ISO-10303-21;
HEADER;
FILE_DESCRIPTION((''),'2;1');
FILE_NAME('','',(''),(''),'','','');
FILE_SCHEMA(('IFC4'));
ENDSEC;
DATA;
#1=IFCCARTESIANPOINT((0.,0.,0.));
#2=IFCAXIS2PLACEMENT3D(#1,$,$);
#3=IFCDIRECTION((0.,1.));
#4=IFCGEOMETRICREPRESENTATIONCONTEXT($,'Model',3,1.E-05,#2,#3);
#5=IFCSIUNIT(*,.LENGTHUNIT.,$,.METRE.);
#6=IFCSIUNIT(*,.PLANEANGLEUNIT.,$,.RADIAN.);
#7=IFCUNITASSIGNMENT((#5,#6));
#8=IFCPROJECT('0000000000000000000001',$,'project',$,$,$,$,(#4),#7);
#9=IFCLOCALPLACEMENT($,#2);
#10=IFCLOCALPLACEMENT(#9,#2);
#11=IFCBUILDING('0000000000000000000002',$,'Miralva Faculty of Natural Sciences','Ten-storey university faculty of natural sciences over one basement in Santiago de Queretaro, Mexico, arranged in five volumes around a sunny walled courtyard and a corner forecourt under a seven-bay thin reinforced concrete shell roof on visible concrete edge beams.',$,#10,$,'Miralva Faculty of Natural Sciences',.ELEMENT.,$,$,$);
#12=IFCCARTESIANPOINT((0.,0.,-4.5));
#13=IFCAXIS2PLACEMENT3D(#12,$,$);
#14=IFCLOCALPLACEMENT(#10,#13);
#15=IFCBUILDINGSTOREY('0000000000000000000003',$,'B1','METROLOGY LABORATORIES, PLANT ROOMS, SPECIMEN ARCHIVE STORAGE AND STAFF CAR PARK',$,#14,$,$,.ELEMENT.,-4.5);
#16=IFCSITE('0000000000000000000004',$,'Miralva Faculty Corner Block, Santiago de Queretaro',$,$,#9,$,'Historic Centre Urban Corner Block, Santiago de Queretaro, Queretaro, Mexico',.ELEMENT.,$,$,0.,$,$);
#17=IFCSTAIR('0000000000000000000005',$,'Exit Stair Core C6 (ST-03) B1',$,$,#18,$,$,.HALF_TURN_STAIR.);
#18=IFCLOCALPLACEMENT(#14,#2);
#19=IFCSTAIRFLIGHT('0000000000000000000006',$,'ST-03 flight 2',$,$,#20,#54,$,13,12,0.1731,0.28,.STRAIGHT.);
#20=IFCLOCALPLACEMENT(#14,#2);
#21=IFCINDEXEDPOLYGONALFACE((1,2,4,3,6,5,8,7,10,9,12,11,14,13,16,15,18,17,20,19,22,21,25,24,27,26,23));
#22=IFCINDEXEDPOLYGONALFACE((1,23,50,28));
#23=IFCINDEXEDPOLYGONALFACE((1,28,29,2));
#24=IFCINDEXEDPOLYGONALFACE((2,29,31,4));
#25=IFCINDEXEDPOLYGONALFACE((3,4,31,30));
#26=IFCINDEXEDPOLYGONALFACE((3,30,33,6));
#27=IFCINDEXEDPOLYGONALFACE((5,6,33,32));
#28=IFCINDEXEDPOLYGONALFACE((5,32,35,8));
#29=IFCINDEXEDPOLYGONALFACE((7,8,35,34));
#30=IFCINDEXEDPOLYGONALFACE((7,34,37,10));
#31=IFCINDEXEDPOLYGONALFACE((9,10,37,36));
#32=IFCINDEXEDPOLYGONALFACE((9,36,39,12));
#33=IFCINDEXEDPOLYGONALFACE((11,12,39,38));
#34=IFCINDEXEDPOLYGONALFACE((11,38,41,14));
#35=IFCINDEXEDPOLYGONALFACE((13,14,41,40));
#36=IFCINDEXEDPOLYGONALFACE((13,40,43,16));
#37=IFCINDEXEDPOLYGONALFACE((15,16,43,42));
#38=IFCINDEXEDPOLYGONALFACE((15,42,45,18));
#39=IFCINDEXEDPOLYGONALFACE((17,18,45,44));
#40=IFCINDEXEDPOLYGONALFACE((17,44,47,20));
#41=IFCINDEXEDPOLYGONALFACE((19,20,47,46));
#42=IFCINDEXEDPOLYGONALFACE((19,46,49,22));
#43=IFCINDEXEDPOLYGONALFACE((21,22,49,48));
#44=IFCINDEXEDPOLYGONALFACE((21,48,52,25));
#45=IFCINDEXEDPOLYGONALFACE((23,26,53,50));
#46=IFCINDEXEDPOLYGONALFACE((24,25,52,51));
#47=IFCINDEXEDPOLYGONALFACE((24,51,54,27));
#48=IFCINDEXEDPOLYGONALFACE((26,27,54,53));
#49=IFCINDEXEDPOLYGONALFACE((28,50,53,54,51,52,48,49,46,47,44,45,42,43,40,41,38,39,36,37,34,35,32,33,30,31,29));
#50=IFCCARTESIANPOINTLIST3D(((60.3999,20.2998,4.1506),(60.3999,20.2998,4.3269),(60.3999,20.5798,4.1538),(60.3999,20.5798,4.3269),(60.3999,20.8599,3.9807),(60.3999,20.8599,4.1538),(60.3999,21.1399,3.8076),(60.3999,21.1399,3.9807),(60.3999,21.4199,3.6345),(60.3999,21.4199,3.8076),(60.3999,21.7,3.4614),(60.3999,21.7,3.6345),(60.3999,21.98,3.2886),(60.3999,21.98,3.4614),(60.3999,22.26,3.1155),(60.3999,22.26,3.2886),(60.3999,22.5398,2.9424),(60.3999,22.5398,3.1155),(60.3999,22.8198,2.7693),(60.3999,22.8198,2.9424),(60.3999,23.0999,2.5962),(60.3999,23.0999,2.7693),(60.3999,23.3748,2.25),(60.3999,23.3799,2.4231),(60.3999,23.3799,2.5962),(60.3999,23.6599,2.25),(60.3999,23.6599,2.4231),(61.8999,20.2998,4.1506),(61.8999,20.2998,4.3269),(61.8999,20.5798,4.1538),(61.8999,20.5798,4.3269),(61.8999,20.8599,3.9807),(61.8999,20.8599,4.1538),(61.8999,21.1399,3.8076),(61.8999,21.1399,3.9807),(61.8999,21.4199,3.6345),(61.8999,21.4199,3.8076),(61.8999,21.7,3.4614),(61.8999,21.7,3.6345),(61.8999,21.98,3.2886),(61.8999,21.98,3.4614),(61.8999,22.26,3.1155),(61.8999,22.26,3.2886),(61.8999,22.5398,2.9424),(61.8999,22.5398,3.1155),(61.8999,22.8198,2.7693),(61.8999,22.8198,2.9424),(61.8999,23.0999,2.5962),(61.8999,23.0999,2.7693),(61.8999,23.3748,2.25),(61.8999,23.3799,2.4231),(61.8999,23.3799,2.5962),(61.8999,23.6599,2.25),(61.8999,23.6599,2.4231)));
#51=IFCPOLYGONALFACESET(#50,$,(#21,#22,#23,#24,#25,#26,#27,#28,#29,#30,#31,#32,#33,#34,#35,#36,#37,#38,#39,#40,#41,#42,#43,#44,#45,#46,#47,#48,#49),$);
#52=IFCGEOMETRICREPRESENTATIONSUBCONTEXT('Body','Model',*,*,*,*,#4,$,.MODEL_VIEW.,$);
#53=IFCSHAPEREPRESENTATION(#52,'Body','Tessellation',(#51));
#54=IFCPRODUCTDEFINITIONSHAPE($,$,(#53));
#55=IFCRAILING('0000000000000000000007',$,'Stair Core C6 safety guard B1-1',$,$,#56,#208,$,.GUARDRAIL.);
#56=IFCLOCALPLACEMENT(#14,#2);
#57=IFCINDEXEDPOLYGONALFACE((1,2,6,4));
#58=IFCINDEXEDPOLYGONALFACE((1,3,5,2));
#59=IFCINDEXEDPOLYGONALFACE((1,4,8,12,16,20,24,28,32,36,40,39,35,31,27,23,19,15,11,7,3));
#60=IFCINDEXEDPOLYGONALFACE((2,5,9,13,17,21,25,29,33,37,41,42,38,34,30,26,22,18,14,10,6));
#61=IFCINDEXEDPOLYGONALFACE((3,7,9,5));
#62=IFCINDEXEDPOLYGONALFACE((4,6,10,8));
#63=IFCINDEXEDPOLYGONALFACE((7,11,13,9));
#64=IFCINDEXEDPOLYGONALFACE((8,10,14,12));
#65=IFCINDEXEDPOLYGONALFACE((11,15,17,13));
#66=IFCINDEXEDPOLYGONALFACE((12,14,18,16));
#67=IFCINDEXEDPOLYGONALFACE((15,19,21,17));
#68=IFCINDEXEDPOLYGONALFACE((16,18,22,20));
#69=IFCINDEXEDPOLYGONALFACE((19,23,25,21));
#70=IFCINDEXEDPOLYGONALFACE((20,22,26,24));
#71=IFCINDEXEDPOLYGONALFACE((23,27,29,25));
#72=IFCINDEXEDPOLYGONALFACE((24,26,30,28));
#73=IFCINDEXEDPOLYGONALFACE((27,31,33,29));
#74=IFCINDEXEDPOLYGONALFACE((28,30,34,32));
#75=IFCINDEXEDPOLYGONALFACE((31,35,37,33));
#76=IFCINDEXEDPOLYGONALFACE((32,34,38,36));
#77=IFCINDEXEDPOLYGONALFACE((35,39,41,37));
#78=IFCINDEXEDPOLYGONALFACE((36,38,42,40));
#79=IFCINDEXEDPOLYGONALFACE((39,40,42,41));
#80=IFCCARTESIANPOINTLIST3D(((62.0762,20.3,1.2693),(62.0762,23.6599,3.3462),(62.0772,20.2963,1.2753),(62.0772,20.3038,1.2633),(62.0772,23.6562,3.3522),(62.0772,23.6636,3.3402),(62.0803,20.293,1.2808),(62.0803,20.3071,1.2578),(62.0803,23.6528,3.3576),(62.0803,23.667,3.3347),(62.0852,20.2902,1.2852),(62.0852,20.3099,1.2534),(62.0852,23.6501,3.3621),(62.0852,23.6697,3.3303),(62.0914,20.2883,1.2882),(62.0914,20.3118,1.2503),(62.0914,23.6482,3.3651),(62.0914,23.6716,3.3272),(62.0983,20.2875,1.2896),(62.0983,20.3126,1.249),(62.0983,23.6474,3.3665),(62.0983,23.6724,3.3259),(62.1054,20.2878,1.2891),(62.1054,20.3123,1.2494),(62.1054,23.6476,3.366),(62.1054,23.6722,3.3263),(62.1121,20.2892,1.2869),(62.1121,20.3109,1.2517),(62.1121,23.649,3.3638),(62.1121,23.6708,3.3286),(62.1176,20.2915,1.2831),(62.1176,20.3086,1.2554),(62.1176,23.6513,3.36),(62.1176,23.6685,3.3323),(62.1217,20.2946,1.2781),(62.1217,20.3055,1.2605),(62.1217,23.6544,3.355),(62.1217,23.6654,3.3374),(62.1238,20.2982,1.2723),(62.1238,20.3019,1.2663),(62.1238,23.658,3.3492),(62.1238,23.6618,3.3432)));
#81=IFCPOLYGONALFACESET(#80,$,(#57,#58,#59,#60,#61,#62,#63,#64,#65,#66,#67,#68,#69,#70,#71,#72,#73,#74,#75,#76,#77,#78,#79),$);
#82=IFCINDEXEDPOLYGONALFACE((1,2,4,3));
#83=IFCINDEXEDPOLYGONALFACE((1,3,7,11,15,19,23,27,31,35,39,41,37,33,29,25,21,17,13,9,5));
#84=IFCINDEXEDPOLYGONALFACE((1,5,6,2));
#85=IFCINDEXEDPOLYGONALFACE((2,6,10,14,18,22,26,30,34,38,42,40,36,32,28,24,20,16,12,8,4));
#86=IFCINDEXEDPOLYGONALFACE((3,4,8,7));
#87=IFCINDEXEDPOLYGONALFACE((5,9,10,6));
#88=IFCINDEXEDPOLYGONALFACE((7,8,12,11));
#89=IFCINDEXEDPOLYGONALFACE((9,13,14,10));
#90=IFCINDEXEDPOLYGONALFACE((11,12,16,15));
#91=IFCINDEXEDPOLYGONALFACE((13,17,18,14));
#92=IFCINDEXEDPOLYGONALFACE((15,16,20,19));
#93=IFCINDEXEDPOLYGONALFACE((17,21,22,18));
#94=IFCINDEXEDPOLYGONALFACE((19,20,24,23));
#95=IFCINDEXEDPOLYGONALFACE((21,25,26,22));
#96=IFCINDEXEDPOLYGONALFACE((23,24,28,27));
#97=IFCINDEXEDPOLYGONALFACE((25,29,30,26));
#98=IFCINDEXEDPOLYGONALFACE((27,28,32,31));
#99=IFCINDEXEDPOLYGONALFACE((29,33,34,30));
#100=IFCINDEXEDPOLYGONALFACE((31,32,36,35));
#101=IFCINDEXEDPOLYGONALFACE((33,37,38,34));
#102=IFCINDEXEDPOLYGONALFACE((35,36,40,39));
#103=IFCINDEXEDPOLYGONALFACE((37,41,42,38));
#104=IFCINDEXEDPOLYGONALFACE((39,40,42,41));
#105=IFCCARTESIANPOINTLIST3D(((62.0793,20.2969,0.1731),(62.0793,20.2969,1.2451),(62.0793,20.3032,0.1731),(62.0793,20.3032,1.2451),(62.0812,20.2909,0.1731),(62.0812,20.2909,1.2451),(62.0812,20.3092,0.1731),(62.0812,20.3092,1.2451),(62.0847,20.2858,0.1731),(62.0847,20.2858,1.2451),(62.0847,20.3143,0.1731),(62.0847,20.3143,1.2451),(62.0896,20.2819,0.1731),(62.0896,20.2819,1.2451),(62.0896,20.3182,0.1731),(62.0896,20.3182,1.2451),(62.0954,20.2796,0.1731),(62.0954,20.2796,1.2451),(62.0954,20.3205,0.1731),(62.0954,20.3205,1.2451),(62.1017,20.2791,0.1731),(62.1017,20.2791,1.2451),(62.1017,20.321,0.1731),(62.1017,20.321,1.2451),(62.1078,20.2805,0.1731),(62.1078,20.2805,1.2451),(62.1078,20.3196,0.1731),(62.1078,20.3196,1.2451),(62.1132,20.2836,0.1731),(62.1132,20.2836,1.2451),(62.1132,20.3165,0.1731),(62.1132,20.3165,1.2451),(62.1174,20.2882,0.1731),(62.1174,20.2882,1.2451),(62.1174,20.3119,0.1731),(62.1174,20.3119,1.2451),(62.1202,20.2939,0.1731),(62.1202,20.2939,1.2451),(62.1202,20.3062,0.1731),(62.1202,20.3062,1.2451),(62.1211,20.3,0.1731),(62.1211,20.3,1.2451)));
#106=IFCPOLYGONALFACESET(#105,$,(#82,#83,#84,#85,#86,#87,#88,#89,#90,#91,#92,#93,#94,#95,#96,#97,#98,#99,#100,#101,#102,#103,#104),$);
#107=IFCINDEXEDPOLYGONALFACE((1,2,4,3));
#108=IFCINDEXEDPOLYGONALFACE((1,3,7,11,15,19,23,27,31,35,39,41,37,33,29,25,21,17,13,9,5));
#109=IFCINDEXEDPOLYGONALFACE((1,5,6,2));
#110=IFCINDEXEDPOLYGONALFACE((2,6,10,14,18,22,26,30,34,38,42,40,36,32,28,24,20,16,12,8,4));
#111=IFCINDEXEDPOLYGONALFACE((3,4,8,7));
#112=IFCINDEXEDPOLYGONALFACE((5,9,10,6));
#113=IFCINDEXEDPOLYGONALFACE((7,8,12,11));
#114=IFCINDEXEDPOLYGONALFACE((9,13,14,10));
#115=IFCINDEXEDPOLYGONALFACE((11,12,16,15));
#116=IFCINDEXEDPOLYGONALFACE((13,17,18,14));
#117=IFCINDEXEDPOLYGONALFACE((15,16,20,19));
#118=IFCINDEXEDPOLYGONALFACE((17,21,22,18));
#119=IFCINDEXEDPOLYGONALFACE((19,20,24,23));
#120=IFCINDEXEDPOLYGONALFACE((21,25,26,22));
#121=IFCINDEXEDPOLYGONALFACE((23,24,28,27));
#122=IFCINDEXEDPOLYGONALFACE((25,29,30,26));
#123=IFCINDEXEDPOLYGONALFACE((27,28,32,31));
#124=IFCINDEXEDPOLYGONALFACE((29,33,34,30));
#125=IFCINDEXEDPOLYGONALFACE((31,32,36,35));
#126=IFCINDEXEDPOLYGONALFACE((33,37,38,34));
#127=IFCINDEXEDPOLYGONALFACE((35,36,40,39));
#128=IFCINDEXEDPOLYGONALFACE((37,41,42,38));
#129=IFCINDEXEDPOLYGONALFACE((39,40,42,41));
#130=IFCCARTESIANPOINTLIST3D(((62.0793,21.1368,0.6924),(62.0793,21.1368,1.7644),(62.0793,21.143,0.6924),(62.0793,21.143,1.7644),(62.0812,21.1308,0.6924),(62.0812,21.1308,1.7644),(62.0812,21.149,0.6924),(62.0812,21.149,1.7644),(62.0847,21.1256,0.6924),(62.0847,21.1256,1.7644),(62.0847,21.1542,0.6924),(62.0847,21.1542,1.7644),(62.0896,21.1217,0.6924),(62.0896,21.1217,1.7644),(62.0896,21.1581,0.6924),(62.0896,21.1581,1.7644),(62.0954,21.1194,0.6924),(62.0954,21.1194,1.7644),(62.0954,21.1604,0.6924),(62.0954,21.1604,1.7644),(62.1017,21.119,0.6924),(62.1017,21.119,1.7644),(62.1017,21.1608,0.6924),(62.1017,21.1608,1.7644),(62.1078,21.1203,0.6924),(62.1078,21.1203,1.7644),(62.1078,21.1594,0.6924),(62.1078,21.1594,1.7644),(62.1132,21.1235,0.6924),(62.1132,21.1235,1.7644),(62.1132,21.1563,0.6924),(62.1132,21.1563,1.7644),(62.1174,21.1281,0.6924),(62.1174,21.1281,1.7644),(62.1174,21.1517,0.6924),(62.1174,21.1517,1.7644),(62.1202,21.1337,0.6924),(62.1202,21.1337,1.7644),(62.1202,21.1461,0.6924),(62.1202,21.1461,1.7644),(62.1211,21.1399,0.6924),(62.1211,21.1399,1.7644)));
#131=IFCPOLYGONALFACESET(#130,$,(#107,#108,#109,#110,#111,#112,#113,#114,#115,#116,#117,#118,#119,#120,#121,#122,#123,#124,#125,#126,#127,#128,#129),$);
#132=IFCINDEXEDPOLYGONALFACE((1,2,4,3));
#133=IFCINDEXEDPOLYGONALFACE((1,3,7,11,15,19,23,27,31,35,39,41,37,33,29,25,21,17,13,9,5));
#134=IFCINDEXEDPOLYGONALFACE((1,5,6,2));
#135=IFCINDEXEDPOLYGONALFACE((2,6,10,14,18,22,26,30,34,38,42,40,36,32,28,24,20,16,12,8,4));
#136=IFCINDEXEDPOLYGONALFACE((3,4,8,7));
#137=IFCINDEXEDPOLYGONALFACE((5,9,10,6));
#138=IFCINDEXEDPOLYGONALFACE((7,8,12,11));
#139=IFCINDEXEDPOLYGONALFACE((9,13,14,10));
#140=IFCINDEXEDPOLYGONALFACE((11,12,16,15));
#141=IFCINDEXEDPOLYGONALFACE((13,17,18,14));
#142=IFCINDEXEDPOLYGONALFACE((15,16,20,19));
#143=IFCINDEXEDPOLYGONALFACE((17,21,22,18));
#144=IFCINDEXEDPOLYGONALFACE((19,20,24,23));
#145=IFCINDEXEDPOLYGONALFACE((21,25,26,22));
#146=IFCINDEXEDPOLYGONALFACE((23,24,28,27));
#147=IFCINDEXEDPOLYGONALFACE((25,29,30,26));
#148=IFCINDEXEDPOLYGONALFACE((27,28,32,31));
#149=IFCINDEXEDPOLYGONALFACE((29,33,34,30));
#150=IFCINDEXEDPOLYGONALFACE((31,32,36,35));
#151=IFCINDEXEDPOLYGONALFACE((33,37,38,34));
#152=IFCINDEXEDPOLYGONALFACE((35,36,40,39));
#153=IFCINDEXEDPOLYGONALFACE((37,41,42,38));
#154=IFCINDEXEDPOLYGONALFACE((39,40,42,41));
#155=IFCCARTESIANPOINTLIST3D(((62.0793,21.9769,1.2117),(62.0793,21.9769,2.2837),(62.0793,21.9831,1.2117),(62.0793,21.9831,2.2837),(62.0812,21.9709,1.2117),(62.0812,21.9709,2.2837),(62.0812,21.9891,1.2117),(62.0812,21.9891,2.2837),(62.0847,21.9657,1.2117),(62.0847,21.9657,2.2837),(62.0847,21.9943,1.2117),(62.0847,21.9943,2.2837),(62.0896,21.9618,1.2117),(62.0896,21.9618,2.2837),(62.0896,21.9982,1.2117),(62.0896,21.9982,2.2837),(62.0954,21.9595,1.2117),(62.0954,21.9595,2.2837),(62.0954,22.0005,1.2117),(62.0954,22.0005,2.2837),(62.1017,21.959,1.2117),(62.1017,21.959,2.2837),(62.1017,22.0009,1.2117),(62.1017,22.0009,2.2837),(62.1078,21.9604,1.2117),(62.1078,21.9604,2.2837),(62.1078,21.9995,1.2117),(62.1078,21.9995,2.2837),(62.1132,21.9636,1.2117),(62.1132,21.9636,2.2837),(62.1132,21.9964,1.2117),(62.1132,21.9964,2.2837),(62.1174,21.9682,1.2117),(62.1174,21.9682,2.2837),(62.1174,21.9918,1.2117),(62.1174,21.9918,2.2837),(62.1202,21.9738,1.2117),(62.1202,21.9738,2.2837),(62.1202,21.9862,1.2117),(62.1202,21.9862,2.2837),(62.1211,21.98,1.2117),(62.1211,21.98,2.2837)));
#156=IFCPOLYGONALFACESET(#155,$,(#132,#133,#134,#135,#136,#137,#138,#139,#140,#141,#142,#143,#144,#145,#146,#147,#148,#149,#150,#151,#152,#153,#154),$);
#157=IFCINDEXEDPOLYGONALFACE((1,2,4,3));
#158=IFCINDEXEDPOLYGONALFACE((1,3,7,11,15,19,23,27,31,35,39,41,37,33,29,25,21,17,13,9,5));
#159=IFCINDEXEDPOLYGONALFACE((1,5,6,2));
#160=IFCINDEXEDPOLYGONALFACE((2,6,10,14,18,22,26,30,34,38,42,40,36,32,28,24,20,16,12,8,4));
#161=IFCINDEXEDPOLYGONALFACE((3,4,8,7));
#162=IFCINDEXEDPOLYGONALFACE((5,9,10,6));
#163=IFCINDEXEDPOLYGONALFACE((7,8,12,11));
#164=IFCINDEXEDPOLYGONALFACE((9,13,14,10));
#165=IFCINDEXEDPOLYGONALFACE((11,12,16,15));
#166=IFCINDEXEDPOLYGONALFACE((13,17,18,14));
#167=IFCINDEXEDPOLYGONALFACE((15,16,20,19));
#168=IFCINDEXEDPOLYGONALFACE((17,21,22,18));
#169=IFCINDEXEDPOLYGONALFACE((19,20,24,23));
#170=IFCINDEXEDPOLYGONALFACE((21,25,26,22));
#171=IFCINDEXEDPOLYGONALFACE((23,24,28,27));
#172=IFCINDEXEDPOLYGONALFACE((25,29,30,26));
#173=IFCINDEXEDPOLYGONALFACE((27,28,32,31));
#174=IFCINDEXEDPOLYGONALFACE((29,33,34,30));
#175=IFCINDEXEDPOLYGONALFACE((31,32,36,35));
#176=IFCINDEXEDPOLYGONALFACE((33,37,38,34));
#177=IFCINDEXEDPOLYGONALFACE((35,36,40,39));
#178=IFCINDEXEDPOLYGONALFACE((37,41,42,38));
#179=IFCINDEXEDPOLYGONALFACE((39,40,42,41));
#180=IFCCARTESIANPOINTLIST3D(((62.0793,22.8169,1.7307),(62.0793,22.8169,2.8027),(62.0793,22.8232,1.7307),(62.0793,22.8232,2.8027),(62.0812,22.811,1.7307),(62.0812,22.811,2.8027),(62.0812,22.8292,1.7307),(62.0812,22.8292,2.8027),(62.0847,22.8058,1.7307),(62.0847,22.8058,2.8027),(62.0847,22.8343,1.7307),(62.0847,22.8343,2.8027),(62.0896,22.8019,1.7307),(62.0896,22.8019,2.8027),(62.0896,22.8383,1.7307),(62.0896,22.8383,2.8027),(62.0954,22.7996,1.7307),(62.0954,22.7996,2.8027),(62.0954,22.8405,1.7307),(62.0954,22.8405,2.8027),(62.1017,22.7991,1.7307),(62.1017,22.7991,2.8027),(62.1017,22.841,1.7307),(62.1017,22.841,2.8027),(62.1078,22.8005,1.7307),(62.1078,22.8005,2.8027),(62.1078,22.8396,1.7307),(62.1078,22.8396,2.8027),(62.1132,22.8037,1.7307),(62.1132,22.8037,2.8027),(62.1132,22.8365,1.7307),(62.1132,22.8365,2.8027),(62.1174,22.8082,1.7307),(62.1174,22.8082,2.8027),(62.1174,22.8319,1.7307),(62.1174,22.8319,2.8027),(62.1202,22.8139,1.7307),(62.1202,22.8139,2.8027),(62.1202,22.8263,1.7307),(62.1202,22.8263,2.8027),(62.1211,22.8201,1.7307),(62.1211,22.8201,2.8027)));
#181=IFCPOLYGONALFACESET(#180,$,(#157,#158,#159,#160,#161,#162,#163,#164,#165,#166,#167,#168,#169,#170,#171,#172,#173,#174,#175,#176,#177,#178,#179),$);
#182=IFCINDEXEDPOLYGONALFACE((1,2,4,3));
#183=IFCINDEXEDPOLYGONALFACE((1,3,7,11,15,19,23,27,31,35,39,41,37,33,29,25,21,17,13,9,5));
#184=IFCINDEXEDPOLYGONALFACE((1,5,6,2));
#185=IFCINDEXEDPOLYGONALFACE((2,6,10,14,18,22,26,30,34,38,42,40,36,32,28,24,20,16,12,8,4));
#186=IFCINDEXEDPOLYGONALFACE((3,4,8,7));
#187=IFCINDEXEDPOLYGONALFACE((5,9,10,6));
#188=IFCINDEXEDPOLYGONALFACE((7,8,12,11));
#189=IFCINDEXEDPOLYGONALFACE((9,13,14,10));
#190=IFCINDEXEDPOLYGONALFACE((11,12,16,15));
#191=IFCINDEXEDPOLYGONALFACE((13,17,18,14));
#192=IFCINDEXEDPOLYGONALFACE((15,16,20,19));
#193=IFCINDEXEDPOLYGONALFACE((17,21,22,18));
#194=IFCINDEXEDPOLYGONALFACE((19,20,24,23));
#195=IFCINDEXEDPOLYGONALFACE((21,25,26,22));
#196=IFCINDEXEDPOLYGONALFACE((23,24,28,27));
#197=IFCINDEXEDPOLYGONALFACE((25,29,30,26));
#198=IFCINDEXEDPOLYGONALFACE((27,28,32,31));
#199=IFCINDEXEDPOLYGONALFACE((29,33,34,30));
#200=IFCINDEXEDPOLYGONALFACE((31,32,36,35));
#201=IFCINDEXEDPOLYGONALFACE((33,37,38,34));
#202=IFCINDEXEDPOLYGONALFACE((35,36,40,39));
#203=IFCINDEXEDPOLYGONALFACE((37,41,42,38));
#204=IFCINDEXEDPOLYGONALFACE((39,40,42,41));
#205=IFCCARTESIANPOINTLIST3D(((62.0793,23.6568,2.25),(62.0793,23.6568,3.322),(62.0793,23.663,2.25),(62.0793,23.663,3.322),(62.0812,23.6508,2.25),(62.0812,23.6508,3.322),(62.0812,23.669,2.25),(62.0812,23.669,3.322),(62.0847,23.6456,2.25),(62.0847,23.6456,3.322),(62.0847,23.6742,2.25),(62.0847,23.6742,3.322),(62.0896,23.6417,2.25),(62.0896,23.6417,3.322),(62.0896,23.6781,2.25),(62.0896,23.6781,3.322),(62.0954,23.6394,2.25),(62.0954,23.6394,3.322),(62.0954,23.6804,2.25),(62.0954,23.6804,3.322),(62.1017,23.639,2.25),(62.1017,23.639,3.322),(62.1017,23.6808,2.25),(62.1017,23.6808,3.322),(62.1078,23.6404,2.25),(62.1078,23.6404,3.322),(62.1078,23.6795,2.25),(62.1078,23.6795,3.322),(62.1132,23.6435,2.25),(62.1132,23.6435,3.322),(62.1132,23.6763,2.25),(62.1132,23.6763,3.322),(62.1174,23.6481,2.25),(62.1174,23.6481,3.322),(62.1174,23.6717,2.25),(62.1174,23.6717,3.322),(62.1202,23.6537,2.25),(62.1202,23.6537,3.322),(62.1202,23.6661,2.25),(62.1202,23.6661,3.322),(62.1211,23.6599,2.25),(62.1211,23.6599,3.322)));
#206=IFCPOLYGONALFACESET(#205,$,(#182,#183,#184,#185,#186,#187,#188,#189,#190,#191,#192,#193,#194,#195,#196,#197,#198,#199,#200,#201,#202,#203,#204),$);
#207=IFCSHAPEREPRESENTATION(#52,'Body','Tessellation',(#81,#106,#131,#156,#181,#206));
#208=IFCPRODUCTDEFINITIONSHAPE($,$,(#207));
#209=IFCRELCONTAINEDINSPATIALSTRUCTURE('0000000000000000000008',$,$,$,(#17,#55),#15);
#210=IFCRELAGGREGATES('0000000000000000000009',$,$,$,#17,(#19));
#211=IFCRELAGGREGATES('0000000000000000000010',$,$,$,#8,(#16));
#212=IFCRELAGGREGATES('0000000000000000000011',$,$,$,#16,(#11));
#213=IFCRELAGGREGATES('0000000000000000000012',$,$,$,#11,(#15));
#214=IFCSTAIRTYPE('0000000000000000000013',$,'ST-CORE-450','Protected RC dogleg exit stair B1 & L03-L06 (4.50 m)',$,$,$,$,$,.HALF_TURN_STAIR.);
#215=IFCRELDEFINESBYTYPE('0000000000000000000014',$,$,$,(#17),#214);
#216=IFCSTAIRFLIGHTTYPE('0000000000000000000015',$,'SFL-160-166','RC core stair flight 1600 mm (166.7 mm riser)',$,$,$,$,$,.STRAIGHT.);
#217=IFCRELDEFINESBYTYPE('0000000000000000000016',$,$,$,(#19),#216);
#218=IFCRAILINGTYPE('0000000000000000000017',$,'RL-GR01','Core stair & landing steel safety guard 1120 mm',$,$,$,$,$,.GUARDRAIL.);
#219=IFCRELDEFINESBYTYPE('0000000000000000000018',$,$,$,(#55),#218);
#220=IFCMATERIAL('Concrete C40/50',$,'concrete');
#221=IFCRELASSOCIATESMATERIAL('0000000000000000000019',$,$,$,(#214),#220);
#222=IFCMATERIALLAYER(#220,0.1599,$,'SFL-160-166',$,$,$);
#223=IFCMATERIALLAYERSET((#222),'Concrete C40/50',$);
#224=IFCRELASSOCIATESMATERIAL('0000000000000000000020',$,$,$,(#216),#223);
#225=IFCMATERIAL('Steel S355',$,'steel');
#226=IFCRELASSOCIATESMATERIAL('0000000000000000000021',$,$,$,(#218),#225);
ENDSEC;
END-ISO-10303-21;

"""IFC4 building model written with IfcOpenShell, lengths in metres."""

from ifc_helpers import new_model, si_unit, direction, frame, origin, origin_2d, place, context, subcontext, project, spatial, polyline, circle, outline, extrude, material, layer, layer_set, type_object, element, aggregate, save


model = new_model("IFC4")

# Units and contexts
model_context = context("Model", 3, precision=1e-05, world=origin(), true_north=direction((0.0, 1.0)))
body_context = subcontext(model_context, "Body", "Model", "MODEL_VIEW")
ifc_project = project(units=[si_unit("LENGTHUNIT", "METRE"), si_unit("PLANEANGLEUNIT", "RADIAN")], contexts=[model_context])

# Site, building, storey
site_placement = place(None, origin())
site = spatial("IfcSite", under=ifc_project, at=site_placement, Name="Miralva Faculty Corner Block, Santiago de Queretaro", LongName="Historic Centre Urban Corner Block, Santiago de Queretaro, Queretaro, Mexico", CompositionType="ELEMENT", RefElevation=0.0)
building_placement = place(site_placement, origin())
building = spatial("IfcBuilding", under=site, at=building_placement, Name="Miralva Faculty of Natural Sciences", Description="Ten-storey university faculty of natural sciences over one basement in Santiago de Queretaro, Mexico, arranged in five volumes around a sunny walled courtyard and a corner forecourt under a seven-bay thin reinforced concrete shell roof on visible concrete edge beams.", LongName="Miralva Faculty of Natural Sciences", CompositionType="ELEMENT")
storey_placement = place(building_placement, frame((0.0, 0.0, -4.5)))
storey = spatial("IfcBuildingStorey", under=building, at=storey_placement, Name="B1", Description="METROLOGY LABORATORIES, PLANT ROOMS, SPECIMEN ARCHIVE STORAGE AND STAFF CAR PARK", CompositionType="ELEMENT", Elevation=-4.5)

# Shared definitions
ifc_material_1 = material(Name="Concrete C40/50", Category="concrete")

# Stair, stair flight
stair_type = type_object("IfcStairType", Name="ST-CORE-450", Description="Protected RC dogleg exit stair B1 & L03-L06 (4.50 m)", PredefinedType="HALF_TURN_STAIR", material=ifc_material_1)
stair_placement = place(storey_placement, origin())
stair = element("IfcStair", 1, at=stair_placement, inside=storey, type_object=stair_type, Name="Exit Stair Core C6 (ST-03) B1", PredefinedType="HALF_TURN_STAIR")
ifc_layer_1 = layer(ifc_material_1, 0.1599, Name="SFL-160-166")
ifc_layer_set_1 = layer_set([ifc_layer_1], Name="Concrete C40/50")
stair_flight_type = type_object("IfcStairFlightType", Name="SFL-160-166", Description="RC core stair flight 1600 mm (166.7 mm riser)", PredefinedType="STRAIGHT", material=ifc_layer_set_1)
stair_flight_1_placement = place(storey_placement, frame((61.1499, 23.6599, 2.25), z_axis=(0.0, 0.0, 1.0), x_axis=(0.0, -1.0, 0.0)))
stair_flight_1 = element("IfcStairFlight", 2, at=stair_flight_1_placement, type_object=stair_flight_type, Name="ST-03 flight 2", NumberOfRisers=13, NumberOfTreads=12, PredefinedType="STRAIGHT", RiserHeight=0.1731, TreadLength=0.28, context=body_context, shape_type="SweptSolid", body=[
    extrude(outline(polyline([(0.0, 0.0), (0.0, 0.1731), (0.28, 0.1731), (0.28, 0.3462), (0.5601, 0.3462), (0.5601, 0.5193), (0.8401, 0.5193), (0.8401, 0.6924), (1.1201, 0.6924), (1.1201, 0.8655), (1.3999, 0.8655), (1.3999, 1.0386), (1.6799, 1.0386), (1.6799, 1.2114), (1.96, 1.2114), (1.96, 1.3845), (2.24, 1.3845), (2.24, 1.5576), (2.52, 1.5576), (2.52, 1.7307), (2.8, 1.7307), (2.8, 1.9038), (3.0801, 1.9038), (3.0801, 2.0769), (3.3601, 2.0769), (3.3601, 2.25), (3.3601, 1.9006), (0.2852, 0.0), (0.0, 0.0)])), frame((0.0, 0.75, 0.0), z_axis=(0.0, -1.0, 0.0), x_axis=(1.0, 0.0, 0.0)), (0.0, 0.0, 1.0), 1.5),
])
aggregate(stair, [stair_flight_1])

# Railing
ifc_material_2 = material(Name="Steel S355", Category="steel")
railing_type_1 = type_object("IfcRailingType", Name="RL-GR01", Description="Core stair & landing steel safety guard 1120 mm", PredefinedType="GUARDRAIL", material=ifc_material_2)
railing_1_placement = place(storey_placement, frame((62.1001, 20.3, 0.1731)))
element("IfcRailing", 3, at=railing_1_placement, inside=storey, type_object=railing_type_1, Name="Stair Core C6 safety guard B1-1", PredefinedType="GUARDRAIL", context=body_context, shape_type="SweptSolid", body=[
    extrude(circle(Radius=0.0239, at=origin_2d()), frame((0.0, 0.0, 1.0962), z_axis=(0.0, 0.850606, 0.525803), x_axis=(-1.0, 0.0, 0.0)), (0.0, 0.0, 1.0), 3.95),
    extrude(circle(Radius=0.021, at=origin_2d()), origin(), (0.0, 0.0, 1.0), 1.072),
    extrude(circle(Radius=0.021, at=origin_2d()), frame((0.0, 0.8398, 0.5193)), (0.0, 0.0, 1.0), 1.072),
    extrude(circle(Radius=0.021, at=origin_2d()), frame((0.0, 1.6799, 1.0386)), (0.0, 0.0, 1.0), 1.072),
    extrude(circle(Radius=0.021, at=origin_2d()), frame((0.0, 2.52, 1.5576)), (0.0, 0.0, 1.0), 1.072),
    extrude(circle(Radius=0.021, at=origin_2d()), frame((0.0, 3.3599, 2.0769)), (0.0, 0.0, 1.0), 1.072),
])

save(model, "model.ifc")
